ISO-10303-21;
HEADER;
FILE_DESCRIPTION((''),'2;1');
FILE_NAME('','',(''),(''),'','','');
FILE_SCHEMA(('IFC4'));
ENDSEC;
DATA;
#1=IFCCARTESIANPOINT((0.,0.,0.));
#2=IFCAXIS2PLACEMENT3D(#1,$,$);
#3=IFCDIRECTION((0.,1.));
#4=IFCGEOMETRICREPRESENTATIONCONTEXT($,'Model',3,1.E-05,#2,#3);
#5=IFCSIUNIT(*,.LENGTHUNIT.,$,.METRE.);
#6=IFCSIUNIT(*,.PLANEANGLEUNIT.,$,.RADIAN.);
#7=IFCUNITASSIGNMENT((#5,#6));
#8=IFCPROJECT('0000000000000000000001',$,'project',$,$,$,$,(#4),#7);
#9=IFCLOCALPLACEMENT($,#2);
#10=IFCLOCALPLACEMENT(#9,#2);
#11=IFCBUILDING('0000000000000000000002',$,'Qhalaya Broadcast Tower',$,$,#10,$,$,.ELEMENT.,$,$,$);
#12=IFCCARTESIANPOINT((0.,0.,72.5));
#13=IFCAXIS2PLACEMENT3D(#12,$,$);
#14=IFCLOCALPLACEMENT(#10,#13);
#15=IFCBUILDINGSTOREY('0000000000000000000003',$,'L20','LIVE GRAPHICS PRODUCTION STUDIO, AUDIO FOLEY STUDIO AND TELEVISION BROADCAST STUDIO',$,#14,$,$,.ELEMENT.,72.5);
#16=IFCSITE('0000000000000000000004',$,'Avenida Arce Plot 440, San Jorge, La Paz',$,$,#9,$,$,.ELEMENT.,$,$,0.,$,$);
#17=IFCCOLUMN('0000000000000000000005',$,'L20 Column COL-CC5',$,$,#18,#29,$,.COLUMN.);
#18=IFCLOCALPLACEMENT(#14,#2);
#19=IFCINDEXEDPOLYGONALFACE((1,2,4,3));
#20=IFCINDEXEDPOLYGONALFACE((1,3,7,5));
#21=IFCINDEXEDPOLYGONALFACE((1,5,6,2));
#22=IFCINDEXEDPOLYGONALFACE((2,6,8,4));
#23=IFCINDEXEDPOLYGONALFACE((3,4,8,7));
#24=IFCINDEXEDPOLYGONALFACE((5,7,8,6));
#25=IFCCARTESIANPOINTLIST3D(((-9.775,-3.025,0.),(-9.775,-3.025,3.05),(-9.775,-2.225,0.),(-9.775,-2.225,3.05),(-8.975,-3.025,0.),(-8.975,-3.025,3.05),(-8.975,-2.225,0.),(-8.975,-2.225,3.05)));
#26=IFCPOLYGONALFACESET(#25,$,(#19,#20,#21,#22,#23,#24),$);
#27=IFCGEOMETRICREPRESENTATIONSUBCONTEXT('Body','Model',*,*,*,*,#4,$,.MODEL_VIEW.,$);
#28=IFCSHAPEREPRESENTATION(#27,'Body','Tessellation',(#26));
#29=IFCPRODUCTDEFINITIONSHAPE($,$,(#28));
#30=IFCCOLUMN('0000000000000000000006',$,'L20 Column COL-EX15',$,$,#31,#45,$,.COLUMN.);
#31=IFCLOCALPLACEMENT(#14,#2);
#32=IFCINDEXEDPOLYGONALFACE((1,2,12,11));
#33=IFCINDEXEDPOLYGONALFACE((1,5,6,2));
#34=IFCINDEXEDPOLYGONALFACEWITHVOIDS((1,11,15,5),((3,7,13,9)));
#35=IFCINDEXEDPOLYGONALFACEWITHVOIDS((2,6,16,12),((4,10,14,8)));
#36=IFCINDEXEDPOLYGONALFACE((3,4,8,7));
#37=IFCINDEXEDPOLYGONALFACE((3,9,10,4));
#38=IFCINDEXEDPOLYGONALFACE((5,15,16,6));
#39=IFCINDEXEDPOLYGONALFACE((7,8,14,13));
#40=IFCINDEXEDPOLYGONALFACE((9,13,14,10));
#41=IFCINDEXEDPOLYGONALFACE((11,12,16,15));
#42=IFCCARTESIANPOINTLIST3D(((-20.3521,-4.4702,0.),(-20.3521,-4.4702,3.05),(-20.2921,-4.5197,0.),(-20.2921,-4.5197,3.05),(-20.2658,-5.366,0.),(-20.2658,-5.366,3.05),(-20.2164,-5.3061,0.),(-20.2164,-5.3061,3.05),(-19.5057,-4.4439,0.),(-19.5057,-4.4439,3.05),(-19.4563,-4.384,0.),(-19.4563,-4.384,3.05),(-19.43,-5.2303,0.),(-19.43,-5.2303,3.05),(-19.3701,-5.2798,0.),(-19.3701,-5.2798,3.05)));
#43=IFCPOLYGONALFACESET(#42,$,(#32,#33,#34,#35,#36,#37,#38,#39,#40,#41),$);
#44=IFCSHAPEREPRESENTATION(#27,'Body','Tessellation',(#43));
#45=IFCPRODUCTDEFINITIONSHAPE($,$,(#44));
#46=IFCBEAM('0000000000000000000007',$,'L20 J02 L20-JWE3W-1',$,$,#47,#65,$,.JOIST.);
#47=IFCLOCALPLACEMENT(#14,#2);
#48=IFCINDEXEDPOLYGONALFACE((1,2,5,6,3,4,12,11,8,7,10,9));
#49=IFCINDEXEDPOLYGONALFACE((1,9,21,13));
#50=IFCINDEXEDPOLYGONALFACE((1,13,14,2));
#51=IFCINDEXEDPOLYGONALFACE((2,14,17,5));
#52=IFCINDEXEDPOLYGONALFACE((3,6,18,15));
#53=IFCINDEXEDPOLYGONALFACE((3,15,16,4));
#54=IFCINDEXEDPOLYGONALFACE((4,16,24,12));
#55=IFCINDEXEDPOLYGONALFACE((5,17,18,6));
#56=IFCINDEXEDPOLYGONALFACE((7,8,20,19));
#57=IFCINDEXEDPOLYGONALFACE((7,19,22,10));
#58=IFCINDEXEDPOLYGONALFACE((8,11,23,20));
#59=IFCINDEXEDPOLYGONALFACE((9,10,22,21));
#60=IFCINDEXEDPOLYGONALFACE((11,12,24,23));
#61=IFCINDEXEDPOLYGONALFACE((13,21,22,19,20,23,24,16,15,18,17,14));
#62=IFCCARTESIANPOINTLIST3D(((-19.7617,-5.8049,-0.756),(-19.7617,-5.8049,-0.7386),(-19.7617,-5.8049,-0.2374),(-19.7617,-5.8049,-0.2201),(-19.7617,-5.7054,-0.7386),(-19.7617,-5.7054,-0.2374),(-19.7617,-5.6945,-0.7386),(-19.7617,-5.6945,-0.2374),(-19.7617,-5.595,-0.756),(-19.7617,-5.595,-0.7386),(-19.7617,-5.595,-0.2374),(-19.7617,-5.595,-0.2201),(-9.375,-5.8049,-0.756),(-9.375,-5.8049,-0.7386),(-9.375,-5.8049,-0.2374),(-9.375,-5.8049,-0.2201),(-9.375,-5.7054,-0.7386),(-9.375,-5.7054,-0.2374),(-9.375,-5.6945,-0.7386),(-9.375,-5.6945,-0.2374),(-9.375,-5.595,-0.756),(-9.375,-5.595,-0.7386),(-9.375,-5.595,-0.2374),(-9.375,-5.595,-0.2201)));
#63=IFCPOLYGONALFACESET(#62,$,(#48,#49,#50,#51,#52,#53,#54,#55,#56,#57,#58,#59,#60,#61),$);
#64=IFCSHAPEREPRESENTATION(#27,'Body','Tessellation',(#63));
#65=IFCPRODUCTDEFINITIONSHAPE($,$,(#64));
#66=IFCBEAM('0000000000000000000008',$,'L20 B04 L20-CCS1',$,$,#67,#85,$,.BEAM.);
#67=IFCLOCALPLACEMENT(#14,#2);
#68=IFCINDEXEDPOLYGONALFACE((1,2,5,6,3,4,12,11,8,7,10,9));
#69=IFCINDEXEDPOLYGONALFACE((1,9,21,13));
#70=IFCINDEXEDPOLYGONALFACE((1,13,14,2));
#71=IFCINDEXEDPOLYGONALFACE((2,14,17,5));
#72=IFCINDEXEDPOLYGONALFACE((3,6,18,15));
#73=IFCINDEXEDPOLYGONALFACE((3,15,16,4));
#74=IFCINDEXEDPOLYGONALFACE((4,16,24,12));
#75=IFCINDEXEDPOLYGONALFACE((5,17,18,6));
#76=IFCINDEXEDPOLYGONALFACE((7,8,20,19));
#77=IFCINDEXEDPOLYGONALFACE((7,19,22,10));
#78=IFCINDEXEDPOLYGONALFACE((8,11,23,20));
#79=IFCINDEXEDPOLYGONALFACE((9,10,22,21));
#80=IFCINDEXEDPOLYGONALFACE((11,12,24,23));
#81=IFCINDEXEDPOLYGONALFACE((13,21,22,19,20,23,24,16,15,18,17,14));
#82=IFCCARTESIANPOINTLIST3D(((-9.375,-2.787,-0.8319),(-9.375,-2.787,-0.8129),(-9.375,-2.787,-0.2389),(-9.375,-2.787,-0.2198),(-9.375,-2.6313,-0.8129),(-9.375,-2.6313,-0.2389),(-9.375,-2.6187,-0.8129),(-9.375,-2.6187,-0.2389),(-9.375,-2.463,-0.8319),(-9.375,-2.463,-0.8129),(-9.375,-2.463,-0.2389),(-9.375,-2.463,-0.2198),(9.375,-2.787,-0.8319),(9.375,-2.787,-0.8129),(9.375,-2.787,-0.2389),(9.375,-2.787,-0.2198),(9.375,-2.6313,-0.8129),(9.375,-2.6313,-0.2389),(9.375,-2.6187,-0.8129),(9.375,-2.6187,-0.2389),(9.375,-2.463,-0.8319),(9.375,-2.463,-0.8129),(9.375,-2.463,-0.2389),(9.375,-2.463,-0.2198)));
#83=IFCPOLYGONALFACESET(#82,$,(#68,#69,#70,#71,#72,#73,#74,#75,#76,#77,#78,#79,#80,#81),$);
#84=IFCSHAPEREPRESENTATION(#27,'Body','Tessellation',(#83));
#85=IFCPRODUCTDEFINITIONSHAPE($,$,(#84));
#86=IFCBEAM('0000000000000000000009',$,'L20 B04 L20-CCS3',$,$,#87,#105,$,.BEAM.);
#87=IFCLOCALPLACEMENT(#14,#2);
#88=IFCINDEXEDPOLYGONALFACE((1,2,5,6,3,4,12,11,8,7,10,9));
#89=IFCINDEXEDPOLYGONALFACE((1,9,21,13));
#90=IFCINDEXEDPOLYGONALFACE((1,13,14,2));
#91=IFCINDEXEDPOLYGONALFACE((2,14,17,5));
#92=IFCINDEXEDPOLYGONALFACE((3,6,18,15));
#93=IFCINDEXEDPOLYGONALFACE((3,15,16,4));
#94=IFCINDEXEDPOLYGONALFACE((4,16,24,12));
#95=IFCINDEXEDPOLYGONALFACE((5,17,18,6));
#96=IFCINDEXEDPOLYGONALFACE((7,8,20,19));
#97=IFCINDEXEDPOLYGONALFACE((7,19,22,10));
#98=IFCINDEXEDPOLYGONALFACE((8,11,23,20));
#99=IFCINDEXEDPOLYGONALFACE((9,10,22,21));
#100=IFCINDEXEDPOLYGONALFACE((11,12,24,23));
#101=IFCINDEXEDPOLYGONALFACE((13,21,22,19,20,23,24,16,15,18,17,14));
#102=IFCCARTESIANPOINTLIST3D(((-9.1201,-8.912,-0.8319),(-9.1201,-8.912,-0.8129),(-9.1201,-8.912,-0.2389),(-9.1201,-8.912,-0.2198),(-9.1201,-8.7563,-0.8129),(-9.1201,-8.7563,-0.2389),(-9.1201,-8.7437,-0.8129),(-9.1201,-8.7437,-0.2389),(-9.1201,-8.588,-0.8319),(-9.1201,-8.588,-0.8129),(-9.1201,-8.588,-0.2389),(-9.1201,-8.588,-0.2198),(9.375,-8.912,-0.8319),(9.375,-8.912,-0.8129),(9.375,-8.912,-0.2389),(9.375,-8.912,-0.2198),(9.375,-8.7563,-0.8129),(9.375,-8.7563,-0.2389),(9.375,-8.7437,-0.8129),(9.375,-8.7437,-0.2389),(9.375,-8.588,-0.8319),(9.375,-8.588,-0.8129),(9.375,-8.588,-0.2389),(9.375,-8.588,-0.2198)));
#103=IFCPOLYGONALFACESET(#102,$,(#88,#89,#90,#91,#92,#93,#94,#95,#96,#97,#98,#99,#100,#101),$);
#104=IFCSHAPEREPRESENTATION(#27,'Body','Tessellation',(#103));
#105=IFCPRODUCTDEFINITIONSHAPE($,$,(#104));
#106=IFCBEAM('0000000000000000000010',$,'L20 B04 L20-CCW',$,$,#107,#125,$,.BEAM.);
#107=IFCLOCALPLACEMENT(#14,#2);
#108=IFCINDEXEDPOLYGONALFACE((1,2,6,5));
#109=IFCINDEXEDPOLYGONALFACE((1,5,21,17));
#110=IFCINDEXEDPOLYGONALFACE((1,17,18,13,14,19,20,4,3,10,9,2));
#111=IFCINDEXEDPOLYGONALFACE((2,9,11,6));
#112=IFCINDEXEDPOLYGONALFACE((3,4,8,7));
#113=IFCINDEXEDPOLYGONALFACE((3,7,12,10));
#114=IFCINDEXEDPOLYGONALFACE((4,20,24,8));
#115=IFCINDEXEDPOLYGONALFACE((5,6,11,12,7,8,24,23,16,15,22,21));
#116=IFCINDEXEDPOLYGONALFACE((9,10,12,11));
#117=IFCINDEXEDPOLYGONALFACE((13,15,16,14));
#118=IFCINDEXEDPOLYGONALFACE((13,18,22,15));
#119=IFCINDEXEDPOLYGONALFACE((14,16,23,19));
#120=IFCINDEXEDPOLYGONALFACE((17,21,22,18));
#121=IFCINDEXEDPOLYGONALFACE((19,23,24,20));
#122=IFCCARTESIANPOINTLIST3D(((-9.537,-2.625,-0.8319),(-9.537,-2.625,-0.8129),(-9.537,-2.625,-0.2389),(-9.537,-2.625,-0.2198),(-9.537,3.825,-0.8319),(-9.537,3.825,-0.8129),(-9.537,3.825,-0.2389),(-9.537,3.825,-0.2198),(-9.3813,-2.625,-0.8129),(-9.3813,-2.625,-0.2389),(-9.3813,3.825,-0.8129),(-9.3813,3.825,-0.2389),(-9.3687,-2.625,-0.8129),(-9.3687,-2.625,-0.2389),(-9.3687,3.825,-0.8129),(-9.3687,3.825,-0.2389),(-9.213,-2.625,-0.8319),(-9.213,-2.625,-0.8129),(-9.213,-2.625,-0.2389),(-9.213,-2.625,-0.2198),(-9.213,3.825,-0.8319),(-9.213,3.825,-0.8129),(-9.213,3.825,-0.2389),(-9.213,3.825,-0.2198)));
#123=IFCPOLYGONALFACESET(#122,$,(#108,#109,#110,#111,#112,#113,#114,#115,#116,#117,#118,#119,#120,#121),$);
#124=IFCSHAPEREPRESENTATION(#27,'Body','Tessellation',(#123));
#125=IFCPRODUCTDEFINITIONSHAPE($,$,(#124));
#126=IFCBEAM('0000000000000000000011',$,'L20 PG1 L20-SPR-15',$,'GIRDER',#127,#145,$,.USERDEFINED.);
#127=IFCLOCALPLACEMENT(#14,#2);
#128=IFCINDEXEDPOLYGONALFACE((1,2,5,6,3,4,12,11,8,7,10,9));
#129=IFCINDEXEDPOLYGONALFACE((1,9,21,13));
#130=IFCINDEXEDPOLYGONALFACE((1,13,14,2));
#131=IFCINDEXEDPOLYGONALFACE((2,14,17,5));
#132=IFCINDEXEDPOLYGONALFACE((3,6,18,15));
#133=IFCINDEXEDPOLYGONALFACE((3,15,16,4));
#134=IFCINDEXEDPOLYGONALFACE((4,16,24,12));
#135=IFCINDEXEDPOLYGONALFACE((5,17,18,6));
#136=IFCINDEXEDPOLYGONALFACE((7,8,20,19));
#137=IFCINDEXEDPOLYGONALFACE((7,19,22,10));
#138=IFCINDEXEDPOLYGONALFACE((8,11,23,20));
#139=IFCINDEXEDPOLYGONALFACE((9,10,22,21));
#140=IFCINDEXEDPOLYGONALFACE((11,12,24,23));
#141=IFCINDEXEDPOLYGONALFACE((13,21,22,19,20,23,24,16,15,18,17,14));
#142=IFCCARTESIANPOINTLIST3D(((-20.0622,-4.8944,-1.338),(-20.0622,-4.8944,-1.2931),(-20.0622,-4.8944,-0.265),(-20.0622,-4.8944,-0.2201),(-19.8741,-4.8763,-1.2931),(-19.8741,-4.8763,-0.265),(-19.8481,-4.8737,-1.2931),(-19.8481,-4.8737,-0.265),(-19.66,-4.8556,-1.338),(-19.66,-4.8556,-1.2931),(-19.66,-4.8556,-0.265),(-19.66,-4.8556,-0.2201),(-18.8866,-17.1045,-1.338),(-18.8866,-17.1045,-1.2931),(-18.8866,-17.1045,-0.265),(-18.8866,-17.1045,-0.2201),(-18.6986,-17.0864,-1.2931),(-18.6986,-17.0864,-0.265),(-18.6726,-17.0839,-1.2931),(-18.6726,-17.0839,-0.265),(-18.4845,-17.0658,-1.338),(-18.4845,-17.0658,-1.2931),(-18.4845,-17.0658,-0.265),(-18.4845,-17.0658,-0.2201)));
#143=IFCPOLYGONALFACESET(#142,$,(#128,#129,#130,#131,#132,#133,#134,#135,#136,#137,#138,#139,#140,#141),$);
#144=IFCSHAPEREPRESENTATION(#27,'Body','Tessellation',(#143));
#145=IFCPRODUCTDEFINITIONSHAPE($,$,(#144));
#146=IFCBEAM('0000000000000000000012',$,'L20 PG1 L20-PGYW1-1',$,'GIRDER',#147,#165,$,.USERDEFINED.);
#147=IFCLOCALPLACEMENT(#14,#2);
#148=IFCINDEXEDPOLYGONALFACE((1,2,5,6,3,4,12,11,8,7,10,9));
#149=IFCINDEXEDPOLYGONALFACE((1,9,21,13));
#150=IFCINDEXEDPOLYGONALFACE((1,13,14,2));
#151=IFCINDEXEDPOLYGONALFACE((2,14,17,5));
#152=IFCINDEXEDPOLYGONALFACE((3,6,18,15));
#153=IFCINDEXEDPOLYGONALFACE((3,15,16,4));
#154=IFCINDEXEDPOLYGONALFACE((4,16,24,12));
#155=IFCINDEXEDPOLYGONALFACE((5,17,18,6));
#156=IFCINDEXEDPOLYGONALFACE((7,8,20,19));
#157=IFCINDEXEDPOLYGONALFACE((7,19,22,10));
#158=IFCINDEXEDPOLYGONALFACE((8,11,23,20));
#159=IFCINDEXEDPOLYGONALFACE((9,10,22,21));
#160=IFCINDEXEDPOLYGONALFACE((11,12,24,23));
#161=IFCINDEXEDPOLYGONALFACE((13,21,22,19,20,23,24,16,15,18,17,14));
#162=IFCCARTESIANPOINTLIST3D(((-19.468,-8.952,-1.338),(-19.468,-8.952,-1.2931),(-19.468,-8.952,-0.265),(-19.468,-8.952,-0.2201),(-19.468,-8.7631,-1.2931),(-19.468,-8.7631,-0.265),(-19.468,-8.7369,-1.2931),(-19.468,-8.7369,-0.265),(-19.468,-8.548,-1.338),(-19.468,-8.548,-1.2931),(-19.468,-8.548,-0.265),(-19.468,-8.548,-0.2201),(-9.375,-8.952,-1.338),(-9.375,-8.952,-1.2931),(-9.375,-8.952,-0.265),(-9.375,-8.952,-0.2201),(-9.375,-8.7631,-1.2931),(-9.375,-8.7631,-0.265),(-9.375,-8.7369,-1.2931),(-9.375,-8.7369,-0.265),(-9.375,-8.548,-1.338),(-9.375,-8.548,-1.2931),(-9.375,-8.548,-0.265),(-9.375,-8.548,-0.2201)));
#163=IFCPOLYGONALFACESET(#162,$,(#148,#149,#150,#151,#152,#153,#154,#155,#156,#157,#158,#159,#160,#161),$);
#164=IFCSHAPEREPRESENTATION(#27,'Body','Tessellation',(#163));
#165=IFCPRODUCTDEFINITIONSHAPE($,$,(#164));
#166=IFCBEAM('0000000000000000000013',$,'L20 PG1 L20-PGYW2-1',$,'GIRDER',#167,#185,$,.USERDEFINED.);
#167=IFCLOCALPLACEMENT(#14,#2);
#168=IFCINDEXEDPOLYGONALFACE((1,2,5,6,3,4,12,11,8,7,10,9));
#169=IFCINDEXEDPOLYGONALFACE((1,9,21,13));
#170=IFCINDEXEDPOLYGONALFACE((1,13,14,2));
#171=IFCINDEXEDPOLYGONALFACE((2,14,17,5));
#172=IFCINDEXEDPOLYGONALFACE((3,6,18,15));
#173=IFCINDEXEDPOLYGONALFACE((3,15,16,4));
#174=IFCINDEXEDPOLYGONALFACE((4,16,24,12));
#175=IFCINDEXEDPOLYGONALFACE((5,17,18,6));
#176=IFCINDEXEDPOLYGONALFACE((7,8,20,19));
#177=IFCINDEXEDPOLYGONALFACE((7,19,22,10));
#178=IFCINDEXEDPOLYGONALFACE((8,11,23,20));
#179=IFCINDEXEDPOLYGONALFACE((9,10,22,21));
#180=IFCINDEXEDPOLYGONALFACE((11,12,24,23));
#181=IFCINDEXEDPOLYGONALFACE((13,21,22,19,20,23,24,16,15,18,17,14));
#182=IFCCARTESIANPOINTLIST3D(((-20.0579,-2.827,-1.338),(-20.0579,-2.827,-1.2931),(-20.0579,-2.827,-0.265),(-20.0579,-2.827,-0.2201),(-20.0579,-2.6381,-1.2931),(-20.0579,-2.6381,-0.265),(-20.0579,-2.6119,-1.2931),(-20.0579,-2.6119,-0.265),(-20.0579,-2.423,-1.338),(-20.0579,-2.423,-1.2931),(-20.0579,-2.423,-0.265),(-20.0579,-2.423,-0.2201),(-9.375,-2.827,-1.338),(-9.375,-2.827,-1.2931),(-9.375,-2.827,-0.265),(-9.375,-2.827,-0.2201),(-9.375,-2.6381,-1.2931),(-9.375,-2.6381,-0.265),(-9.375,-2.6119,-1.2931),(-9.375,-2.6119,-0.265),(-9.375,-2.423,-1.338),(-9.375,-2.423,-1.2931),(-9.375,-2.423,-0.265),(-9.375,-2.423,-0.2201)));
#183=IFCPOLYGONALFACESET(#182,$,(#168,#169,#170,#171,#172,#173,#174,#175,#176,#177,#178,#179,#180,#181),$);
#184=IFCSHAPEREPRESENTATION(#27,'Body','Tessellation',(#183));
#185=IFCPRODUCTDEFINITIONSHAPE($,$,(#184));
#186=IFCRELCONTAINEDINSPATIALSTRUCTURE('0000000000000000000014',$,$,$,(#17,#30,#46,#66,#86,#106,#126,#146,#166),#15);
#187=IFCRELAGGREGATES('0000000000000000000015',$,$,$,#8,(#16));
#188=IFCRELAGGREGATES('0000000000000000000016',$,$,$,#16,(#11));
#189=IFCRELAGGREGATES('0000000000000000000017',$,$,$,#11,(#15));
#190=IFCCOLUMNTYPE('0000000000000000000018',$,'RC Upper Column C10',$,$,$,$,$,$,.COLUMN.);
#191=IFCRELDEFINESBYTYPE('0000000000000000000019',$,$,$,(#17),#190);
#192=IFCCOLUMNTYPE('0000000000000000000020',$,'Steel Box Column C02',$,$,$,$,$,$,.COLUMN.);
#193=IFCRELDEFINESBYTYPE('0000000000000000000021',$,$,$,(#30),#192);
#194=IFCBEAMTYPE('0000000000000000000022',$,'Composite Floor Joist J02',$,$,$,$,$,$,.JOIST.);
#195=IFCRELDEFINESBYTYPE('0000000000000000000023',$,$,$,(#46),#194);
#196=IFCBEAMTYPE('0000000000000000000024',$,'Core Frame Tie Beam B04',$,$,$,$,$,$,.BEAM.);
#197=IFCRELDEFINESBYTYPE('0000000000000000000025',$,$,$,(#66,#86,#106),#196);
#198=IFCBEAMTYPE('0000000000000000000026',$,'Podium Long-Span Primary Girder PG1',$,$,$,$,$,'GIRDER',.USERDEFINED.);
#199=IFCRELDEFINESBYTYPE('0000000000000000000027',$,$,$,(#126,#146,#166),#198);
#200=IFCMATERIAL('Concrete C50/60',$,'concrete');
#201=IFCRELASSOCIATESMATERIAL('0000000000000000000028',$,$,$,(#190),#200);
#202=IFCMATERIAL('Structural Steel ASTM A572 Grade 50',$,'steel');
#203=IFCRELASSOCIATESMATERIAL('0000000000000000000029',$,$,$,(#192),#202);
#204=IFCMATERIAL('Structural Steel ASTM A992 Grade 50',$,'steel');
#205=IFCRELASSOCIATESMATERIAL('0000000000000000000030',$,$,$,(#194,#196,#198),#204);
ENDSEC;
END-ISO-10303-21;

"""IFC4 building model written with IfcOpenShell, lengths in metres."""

from ifc_helpers import new_model, si_unit, direction, frame, origin, origin_2d, place, context, subcontext, project, spatial, rectangle, hollow_rectangle, i_section, extrude, material, material_profile, profile_set, type_object, element, save


model = new_model("IFC4")

# Units and contexts
model_context = context("Model", 3, precision=1e-05, world=origin(), true_north=direction((0.0, 1.0)))
body_context = subcontext(model_context, "Body", "Model", "MODEL_VIEW")
ifc_project = project(units=[si_unit("LENGTHUNIT", "METRE"), si_unit("PLANEANGLEUNIT", "RADIAN")], contexts=[model_context])

# Site, building, storey
site_placement = place(None, origin())
site = spatial("IfcSite", under=ifc_project, at=site_placement, Name="Avenida Arce Plot 440, San Jorge, La Paz", CompositionType="ELEMENT", RefElevation=0.0)
building_placement = place(site_placement, origin())
building = spatial("IfcBuilding", under=site, at=building_placement, Name="Qhalaya Broadcast Tower", CompositionType="ELEMENT")
storey_placement = place(building_placement, frame((0.0, 0.0, 72.5)))
storey = spatial("IfcBuildingStorey", under=building, at=storey_placement, Name="L20", Description="LIVE GRAPHICS PRODUCTION STUDIO, AUDIO FOLEY STUDIO AND TELEVISION BROADCAST STUDIO", CompositionType="ELEMENT", Elevation=72.5)

# Columns
ifc_material_1 = material(Name="Concrete C50/60", Category="concrete")
ifc_material_profile_1 = material_profile(ifc_material_1, rectangle(XDim=0.8, YDim=0.8, at=origin_2d()), Name="RC-COL 800x800")
ifc_profile_set_1 = profile_set([ifc_material_profile_1], Name="Concrete C50/60")
column_type_1 = type_object("IfcColumnType", Name="RC Upper Column C10", PredefinedType="COLUMN", material=ifc_profile_set_1)
column_1_placement = place(storey_placement, frame((-9.375, -2.625, 0.0), z_axis=(0.0, 0.0, 1.0), x_axis=(1.0, 0.0, 0.0)))
element("IfcColumn", 1, at=column_1_placement, inside=storey, type_object=column_type_1, Name="L20 Column COL-CC5", PredefinedType="COLUMN", context=body_context, shape_type="SweptSolid", body=[
    extrude(rectangle(XDim=0.8, YDim=0.8, at=origin_2d()), origin(), (0.0, 0.0, 1.0), 3.05),
])
ifc_material_2 = material(Name="Structural Steel ASTM A572 Grade 50", Category="steel")
ifc_material_profile_2 = material_profile(ifc_material_2, hollow_rectangle(XDim=0.8999, YDim=0.8999, WallThickness=0.0549, at=origin_2d()), Name="BOX 900x900x55")
ifc_profile_set_2 = profile_set([ifc_material_profile_2], Name="Structural Steel ASTM A572 Grade 50")
column_type_2 = type_object("IfcColumnType", Name="Steel Box Column C02", PredefinedType="COLUMN", material=ifc_profile_set_2)
column_2_placement = place(storey_placement, frame((-19.8611, -4.875, 0.0), z_axis=(0.0, 0.0, 1.0), x_axis=(-0.095846, 0.995396, 0.0)))
element("IfcColumn", 2, at=column_2_placement, inside=storey, type_object=column_type_2, Name="L20 Column COL-EX15", PredefinedType="COLUMN", context=body_context, shape_type="SweptSolid", body=[
    extrude(hollow_rectangle(XDim=0.8999, YDim=0.8999, WallThickness=0.0549, at=origin_2d()), origin(), (0.0, 0.0, 1.0), 3.05),
])

# Beams
ifc_material_3 = material(Name="Structural Steel ASTM A992 Grade 50", Category="steel")
ifc_material_profile_3 = material_profile(ifc_material_3, i_section(OverallWidth=0.21, OverallDepth=0.5359, WebThickness=0.011, FlangeThickness=0.0173, at=origin_2d()), Name="W21X68")
ifc_profile_set_3 = profile_set([ifc_material_profile_3], Name="Structural Steel ASTM A992 Grade 50")
beam_type_1 = type_object("IfcBeamType", Name="Composite Floor Joist J02", PredefinedType="JOIST", material=ifc_profile_set_3)
beam_1_placement = place(storey_placement, frame((-19.7617, -5.7, -0.488), z_axis=(1.0, 0.0, 0.0), x_axis=(0.0, 1.0, 0.0)))
element("IfcBeam", 3, at=beam_1_placement, inside=storey, type_object=beam_type_1, Name="L20 J02 L20-JWE3W-1", PredefinedType="JOIST", context=body_context, shape_type="SweptSolid", body=[
    extrude(i_section(OverallWidth=0.21, OverallDepth=0.5359, WebThickness=0.011, FlangeThickness=0.0173, at=origin_2d()), origin(), (0.0, 0.0, 1.0), 10.3867),
])
ifc_material_profile_4 = material_profile(ifc_material_3, i_section(OverallWidth=0.324, OverallDepth=0.6121, WebThickness=0.0127, FlangeThickness=0.019, at=origin_2d()), Name="W24X104")
ifc_profile_set_4 = profile_set([ifc_material_profile_4], Name="Structural Steel ASTM A992 Grade 50")
beam_type_2 = type_object("IfcBeamType", Name="Core Frame Tie Beam B04", PredefinedType="BEAM", material=ifc_profile_set_4)
beam_2_placement = place(storey_placement, frame((-9.375, -2.625, -0.5259), z_axis=(1.0, 0.0, 0.0), x_axis=(0.0, 1.0, 0.0)))
element("IfcBeam", 4, at=beam_2_placement, inside=storey, type_object=beam_type_2, Name="L20 B04 L20-CCS1", PredefinedType="BEAM", context=body_context, shape_type="SweptSolid", body=[
    extrude(i_section(OverallWidth=0.324, OverallDepth=0.6121, WebThickness=0.0127, FlangeThickness=0.019, at=origin_2d()), origin(), (0.0, 0.0, 1.0), 18.75),
])
beam_3_placement = place(storey_placement, frame((-9.1201, -8.75, -0.5259), z_axis=(1.0, 0.0, 0.0), x_axis=(0.0, 1.0, 0.0)))
element("IfcBeam", 5, at=beam_3_placement, inside=storey, type_object=beam_type_2, Name="L20 B04 L20-CCS3", PredefinedType="BEAM", context=body_context, shape_type="SweptSolid", body=[
    extrude(i_section(OverallWidth=0.324, OverallDepth=0.6121, WebThickness=0.0127, FlangeThickness=0.019, at=origin_2d()), origin(), (0.0, 0.0, 1.0), 18.4951),
])
beam_4_placement = place(storey_placement, frame((-9.375, -2.625, -0.5259), z_axis=(0.0, 1.0, 0.0), x_axis=(-1.0, 0.0, 0.0)))
element("IfcBeam", 6, at=beam_4_placement, inside=storey, type_object=beam_type_2, Name="L20 B04 L20-CCW", PredefinedType="BEAM", context=body_context, shape_type="SweptSolid", body=[
    extrude(i_section(OverallWidth=0.324, OverallDepth=0.6121, WebThickness=0.0127, FlangeThickness=0.019, at=origin_2d()), origin(), (0.0, 0.0, 1.0), 6.45),
])
ifc_material_profile_5 = material_profile(ifc_material_3, i_section(OverallWidth=0.4041, OverallDepth=1.1179, WebThickness=0.0261, FlangeThickness=0.0449, at=origin_2d()), Name="W44X335")
ifc_profile_set_5 = profile_set([ifc_material_profile_5], Name="Structural Steel ASTM A992 Grade 50")
beam_type_3 = type_object("IfcBeamType", Name="Podium Long-Span Primary Girder PG1", ElementType="GIRDER", PredefinedType="USERDEFINED", material=ifc_profile_set_5)
beam_5_placement = place(storey_placement, frame((-19.8611, -4.875, -0.7791), z_axis=(0.095832, -0.995398, 0.0), x_axis=(0.995398, 0.095832, 0.0)))
element("IfcBeam", 7, at=beam_5_placement, inside=storey, type_object=beam_type_3, Name="L20 PG1 L20-SPR-15", ObjectType="GIRDER", PredefinedType="USERDEFINED", context=body_context, shape_type="SweptSolid", body=[
    extrude(i_section(OverallWidth=0.4041, OverallDepth=1.1179, WebThickness=0.0261, FlangeThickness=0.0449, at=origin_2d()), origin(), (0.0, 0.0, 1.0), 12.2666),
])
beam_6_placement = place(storey_placement, frame((-19.468, -8.75, -0.7791), z_axis=(1.0, 0.0, 0.0), x_axis=(0.0, 1.0, 0.0)))
element("IfcBeam", 8, at=beam_6_placement, inside=storey, type_object=beam_type_3, Name="L20 PG1 L20-PGYW1-1", ObjectType="GIRDER", PredefinedType="USERDEFINED", context=body_context, shape_type="SweptSolid", body=[
    extrude(i_section(OverallWidth=0.4041, OverallDepth=1.1179, WebThickness=0.0261, FlangeThickness=0.0449, at=origin_2d()), origin(), (0.0, 0.0, 1.0), 10.093),
])
beam_7_placement = place(storey_placement, frame((-20.0579, -2.625, -0.7791), z_axis=(1.0, 0.0, 0.0), x_axis=(0.0, 1.0, 0.0)))
element("IfcBeam", 9, at=beam_7_placement, inside=storey, type_object=beam_type_3, Name="L20 PG1 L20-PGYW2-1", ObjectType="GIRDER", PredefinedType="USERDEFINED", context=body_context, shape_type="SweptSolid", body=[
    extrude(i_section(OverallWidth=0.4041, OverallDepth=1.1179, WebThickness=0.0261, FlangeThickness=0.0449, at=origin_2d()), origin(), (0.0, 0.0, 1.0), 10.6829),
])

save(model, "model.ifc")
